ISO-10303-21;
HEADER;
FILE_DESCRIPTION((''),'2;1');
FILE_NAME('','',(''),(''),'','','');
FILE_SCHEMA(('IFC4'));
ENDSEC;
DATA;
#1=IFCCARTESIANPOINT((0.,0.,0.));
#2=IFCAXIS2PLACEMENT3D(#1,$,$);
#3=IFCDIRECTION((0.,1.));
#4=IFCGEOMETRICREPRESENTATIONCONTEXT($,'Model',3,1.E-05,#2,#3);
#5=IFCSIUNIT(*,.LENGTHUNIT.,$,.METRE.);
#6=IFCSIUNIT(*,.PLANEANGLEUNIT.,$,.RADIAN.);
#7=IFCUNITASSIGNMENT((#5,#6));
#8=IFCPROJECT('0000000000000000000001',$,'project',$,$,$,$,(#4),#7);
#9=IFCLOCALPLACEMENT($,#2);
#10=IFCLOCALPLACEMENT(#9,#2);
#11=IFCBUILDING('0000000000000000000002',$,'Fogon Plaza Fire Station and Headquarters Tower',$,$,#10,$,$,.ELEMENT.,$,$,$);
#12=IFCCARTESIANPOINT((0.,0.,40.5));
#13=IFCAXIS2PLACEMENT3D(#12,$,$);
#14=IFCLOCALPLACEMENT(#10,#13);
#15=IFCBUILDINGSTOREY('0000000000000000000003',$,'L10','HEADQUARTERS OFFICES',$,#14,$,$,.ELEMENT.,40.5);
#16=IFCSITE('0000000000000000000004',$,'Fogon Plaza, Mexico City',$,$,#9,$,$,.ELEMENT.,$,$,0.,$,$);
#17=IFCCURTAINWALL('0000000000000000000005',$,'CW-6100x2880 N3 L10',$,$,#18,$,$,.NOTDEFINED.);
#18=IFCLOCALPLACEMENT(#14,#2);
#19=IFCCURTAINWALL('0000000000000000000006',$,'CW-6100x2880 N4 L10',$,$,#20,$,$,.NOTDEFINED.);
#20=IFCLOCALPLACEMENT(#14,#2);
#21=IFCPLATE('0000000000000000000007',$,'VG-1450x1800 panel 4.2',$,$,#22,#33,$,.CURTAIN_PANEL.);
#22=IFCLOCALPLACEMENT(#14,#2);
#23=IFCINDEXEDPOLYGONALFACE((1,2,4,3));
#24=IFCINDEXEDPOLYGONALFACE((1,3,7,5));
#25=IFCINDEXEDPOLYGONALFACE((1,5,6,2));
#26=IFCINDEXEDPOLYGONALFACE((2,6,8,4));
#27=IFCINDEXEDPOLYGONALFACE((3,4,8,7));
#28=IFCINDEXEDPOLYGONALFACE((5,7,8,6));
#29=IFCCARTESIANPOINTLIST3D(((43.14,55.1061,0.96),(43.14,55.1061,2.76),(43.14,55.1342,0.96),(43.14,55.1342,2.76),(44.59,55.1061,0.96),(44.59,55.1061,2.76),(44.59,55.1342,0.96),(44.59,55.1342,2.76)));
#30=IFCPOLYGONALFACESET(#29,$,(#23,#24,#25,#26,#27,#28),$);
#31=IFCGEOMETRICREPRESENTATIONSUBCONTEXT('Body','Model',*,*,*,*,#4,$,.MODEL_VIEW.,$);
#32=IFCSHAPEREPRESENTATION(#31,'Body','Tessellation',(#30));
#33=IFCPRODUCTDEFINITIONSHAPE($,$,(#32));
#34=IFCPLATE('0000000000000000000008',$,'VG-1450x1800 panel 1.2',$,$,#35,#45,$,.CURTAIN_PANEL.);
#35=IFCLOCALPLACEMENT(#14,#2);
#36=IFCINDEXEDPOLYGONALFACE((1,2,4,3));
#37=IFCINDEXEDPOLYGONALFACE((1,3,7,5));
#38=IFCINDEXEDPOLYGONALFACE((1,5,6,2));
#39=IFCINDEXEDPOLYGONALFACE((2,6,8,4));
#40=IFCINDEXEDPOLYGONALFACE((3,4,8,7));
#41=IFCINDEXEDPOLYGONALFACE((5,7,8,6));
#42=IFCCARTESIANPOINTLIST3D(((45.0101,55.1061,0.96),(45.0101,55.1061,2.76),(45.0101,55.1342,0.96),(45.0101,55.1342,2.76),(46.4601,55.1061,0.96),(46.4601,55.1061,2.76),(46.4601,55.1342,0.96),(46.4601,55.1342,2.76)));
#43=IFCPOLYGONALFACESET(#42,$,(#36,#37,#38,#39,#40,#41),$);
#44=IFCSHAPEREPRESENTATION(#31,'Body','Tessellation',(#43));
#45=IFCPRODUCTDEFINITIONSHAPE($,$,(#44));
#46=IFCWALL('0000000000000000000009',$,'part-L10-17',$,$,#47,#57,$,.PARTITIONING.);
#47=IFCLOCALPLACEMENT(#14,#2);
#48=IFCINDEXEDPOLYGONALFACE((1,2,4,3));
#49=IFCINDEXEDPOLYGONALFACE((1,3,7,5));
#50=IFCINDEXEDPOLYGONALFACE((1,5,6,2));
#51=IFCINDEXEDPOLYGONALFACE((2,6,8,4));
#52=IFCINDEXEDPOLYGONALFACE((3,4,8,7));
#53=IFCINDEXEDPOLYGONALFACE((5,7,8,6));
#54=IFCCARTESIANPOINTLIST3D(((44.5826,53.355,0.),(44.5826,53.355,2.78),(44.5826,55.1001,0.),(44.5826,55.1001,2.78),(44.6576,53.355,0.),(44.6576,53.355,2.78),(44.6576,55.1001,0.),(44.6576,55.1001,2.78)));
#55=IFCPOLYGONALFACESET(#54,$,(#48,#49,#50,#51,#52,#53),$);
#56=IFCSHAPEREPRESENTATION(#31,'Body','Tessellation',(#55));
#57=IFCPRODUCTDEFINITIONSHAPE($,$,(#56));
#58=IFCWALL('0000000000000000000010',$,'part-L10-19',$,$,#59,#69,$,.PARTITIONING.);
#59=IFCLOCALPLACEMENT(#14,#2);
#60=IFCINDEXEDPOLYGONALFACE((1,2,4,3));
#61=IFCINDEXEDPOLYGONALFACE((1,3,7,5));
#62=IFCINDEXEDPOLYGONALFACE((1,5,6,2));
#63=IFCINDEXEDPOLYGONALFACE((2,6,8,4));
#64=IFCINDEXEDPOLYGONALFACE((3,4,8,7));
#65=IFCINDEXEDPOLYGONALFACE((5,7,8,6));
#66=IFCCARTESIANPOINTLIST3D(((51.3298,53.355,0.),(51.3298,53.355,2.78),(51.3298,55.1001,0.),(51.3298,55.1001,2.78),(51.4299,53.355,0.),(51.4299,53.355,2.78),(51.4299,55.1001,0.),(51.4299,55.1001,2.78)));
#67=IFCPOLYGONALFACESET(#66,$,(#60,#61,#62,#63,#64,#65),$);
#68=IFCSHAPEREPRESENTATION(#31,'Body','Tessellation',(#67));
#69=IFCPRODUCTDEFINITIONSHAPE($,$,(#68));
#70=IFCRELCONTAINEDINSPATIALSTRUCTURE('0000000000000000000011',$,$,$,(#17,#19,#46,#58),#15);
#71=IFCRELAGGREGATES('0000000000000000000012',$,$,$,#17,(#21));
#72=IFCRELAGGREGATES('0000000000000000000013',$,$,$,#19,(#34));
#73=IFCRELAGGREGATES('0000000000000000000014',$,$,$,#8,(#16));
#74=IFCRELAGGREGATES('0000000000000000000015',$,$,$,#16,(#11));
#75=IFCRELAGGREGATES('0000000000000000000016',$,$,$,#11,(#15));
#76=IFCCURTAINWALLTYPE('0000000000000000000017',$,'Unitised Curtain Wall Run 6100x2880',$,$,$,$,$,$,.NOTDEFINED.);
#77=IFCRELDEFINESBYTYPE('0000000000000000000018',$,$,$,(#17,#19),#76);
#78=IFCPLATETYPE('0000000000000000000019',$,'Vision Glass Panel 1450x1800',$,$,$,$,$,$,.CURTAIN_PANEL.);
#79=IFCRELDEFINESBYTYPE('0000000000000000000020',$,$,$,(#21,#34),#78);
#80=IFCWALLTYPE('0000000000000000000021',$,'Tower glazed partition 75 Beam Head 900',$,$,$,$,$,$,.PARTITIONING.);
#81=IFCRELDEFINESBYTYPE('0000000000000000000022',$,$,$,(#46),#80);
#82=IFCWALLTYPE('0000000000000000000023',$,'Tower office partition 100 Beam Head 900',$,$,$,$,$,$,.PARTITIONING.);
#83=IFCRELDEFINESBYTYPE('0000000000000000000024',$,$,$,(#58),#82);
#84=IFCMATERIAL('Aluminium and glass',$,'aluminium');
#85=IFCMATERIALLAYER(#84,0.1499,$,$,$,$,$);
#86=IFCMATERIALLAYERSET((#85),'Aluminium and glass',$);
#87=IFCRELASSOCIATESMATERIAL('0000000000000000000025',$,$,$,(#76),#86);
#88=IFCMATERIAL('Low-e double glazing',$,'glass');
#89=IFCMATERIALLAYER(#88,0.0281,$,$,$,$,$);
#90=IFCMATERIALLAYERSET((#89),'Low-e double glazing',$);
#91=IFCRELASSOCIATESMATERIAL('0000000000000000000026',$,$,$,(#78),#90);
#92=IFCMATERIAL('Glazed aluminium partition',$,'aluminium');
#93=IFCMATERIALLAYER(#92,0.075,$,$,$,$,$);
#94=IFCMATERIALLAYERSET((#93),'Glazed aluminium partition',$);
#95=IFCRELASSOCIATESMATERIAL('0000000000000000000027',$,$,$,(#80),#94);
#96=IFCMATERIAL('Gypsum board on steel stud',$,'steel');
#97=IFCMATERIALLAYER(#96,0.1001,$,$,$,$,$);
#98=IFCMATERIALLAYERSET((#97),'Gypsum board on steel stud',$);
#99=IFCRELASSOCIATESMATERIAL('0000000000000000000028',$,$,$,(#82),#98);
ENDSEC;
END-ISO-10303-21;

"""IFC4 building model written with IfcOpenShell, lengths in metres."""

from ifc_helpers import new_model, si_unit, direction, frame, frame_2d, origin, origin_2d, place, context, subcontext, project, spatial, rectangle, extrude, material, layer, layer_set, type_object, element, aggregate, save


model = new_model("IFC4")

# Units and contexts
model_context = context("Model", 3, precision=1e-05, world=origin(), true_north=direction((0.0, 1.0)))
body_context = subcontext(model_context, "Body", "Model", "MODEL_VIEW")
ifc_project = project(units=[si_unit("LENGTHUNIT", "METRE"), si_unit("PLANEANGLEUNIT", "RADIAN")], contexts=[model_context])

# Site, building, storey
site_placement = place(None, origin())
site = spatial("IfcSite", under=ifc_project, at=site_placement, Name="Fogon Plaza, Mexico City", CompositionType="ELEMENT", RefElevation=0.0)
building_placement = place(site_placement, origin())
building = spatial("IfcBuilding", under=site, at=building_placement, Name="Fogon Plaza Fire Station and Headquarters Tower", CompositionType="ELEMENT")
storey_placement = place(building_placement, frame((0.0, 0.0, 40.5)))
storey = spatial("IfcBuildingStorey", under=building, at=storey_placement, Name="L10", Description="HEADQUARTERS OFFICES", CompositionType="ELEMENT", Elevation=40.5)

# Curtain walls
ifc_material_1 = material(Name="Aluminium and glass", Category="aluminium")
ifc_layer_1 = layer(ifc_material_1, 0.1499)
ifc_layer_set_1 = layer_set([ifc_layer_1], Name="Aluminium and glass")
curtain_wall_type = type_object("IfcCurtainWallType", Name="Unitised Curtain Wall Run 6100x2880", PredefinedType="NOTDEFINED", material=ifc_layer_set_1)
curtain_wall_1_placement = place(storey_placement, origin())
curtain_wall_1 = element("IfcCurtainWall", 1, at=curtain_wall_1_placement, inside=storey, type_object=curtain_wall_type, Name="CW-6100x2880 N3 L10", PredefinedType="NOTDEFINED")
curtain_wall_2_placement = place(storey_placement, origin())
curtain_wall_2 = element("IfcCurtainWall", 2, at=curtain_wall_2_placement, inside=storey, type_object=curtain_wall_type, Name="CW-6100x2880 N4 L10", PredefinedType="NOTDEFINED")

# Plates
ifc_material_2 = material(Name="Low-e double glazing", Category="glass")
ifc_layer_2 = layer(ifc_material_2, 0.0281)
ifc_layer_set_2 = layer_set([ifc_layer_2], Name="Low-e double glazing")
plate_type_1 = type_object("IfcPlateType", Name="Vision Glass Panel 1450x1800", PredefinedType="CURTAIN_PANEL", material=ifc_layer_set_2)
plate_1_placement = place(storey_placement, frame((43.865, 55.1201, 0.96), z_axis=(0.0, 0.0, 1.0), x_axis=(1.0, 0.0, 0.0)))
plate_1 = element("IfcPlate", 3, at=plate_1_placement, type_object=plate_type_1, Name="VG-1450x1800 panel 4.2", PredefinedType="CURTAIN_PANEL", context=body_context, shape_type="SweptSolid", body=[
    extrude(rectangle(XDim=1.45, YDim=0.0281, at=origin_2d()), origin(), (0.0, 0.0, 1.0), 1.8),
])
aggregate(curtain_wall_1, [plate_1])
plate_2_placement = place(storey_placement, frame((45.7351, 55.1201, 0.96), z_axis=(0.0, 0.0, 1.0), x_axis=(1.0, 0.0, 0.0)))
plate_2 = element("IfcPlate", 4, at=plate_2_placement, type_object=plate_type_1, Name="VG-1450x1800 panel 1.2", PredefinedType="CURTAIN_PANEL", context=body_context, shape_type="SweptSolid", body=[
    extrude(rectangle(XDim=1.45, YDim=0.0281, at=origin_2d()), origin(), (0.0, 0.0, 1.0), 1.8),
])
aggregate(curtain_wall_2, [plate_2])

# Walls
ifc_material_3 = material(Name="Glazed aluminium partition", Category="aluminium")
ifc_layer_3 = layer(ifc_material_3, 0.075)
ifc_layer_set_3 = layer_set([ifc_layer_3], Name="Glazed aluminium partition")
wall_type_1 = type_object("IfcWallType", Name="Tower glazed partition 75 Beam Head 900", PredefinedType="PARTITIONING", material=ifc_layer_set_3)
wall_1_placement = place(storey_placement, frame((44.6201, 53.355, 0.0), z_axis=(0.0, 0.0, 1.0), x_axis=(0.0, 1.0, 0.0)))
element("IfcWall", 5, at=wall_1_placement, inside=storey, type_object=wall_type_1, Name="part-L10-17", PredefinedType="PARTITIONING", context=body_context, shape_type="SweptSolid", body=[
    extrude(rectangle(XDim=1.7451, YDim=0.075, at=frame_2d((0.8726, 0.0))), origin(), (0.0, 0.0, 1.0), 2.78),
])
ifc_material_4 = material(Name="Gypsum board on steel stud", Category="steel")
ifc_layer_4 = layer(ifc_material_4, 0.1001)
ifc_layer_set_4 = layer_set([ifc_layer_4], Name="Gypsum board on steel stud")
wall_type_2 = type_object("IfcWallType", Name="Tower office partition 100 Beam Head 900", PredefinedType="PARTITIONING", material=ifc_layer_set_4)
wall_2_placement = place(storey_placement, frame((51.3799, 53.355, 0.0), z_axis=(0.0, 0.0, 1.0), x_axis=(0.0, 1.0, 0.0)))
element("IfcWall", 6, at=wall_2_placement, inside=storey, type_object=wall_type_2, Name="part-L10-19", PredefinedType="PARTITIONING", context=body_context, shape_type="SweptSolid", body=[
    extrude(rectangle(XDim=1.7451, YDim=0.1001, at=frame_2d((0.8726, 0.0))), origin(), (0.0, 0.0, 1.0), 2.78),
])

save(model, "model.ifc")
